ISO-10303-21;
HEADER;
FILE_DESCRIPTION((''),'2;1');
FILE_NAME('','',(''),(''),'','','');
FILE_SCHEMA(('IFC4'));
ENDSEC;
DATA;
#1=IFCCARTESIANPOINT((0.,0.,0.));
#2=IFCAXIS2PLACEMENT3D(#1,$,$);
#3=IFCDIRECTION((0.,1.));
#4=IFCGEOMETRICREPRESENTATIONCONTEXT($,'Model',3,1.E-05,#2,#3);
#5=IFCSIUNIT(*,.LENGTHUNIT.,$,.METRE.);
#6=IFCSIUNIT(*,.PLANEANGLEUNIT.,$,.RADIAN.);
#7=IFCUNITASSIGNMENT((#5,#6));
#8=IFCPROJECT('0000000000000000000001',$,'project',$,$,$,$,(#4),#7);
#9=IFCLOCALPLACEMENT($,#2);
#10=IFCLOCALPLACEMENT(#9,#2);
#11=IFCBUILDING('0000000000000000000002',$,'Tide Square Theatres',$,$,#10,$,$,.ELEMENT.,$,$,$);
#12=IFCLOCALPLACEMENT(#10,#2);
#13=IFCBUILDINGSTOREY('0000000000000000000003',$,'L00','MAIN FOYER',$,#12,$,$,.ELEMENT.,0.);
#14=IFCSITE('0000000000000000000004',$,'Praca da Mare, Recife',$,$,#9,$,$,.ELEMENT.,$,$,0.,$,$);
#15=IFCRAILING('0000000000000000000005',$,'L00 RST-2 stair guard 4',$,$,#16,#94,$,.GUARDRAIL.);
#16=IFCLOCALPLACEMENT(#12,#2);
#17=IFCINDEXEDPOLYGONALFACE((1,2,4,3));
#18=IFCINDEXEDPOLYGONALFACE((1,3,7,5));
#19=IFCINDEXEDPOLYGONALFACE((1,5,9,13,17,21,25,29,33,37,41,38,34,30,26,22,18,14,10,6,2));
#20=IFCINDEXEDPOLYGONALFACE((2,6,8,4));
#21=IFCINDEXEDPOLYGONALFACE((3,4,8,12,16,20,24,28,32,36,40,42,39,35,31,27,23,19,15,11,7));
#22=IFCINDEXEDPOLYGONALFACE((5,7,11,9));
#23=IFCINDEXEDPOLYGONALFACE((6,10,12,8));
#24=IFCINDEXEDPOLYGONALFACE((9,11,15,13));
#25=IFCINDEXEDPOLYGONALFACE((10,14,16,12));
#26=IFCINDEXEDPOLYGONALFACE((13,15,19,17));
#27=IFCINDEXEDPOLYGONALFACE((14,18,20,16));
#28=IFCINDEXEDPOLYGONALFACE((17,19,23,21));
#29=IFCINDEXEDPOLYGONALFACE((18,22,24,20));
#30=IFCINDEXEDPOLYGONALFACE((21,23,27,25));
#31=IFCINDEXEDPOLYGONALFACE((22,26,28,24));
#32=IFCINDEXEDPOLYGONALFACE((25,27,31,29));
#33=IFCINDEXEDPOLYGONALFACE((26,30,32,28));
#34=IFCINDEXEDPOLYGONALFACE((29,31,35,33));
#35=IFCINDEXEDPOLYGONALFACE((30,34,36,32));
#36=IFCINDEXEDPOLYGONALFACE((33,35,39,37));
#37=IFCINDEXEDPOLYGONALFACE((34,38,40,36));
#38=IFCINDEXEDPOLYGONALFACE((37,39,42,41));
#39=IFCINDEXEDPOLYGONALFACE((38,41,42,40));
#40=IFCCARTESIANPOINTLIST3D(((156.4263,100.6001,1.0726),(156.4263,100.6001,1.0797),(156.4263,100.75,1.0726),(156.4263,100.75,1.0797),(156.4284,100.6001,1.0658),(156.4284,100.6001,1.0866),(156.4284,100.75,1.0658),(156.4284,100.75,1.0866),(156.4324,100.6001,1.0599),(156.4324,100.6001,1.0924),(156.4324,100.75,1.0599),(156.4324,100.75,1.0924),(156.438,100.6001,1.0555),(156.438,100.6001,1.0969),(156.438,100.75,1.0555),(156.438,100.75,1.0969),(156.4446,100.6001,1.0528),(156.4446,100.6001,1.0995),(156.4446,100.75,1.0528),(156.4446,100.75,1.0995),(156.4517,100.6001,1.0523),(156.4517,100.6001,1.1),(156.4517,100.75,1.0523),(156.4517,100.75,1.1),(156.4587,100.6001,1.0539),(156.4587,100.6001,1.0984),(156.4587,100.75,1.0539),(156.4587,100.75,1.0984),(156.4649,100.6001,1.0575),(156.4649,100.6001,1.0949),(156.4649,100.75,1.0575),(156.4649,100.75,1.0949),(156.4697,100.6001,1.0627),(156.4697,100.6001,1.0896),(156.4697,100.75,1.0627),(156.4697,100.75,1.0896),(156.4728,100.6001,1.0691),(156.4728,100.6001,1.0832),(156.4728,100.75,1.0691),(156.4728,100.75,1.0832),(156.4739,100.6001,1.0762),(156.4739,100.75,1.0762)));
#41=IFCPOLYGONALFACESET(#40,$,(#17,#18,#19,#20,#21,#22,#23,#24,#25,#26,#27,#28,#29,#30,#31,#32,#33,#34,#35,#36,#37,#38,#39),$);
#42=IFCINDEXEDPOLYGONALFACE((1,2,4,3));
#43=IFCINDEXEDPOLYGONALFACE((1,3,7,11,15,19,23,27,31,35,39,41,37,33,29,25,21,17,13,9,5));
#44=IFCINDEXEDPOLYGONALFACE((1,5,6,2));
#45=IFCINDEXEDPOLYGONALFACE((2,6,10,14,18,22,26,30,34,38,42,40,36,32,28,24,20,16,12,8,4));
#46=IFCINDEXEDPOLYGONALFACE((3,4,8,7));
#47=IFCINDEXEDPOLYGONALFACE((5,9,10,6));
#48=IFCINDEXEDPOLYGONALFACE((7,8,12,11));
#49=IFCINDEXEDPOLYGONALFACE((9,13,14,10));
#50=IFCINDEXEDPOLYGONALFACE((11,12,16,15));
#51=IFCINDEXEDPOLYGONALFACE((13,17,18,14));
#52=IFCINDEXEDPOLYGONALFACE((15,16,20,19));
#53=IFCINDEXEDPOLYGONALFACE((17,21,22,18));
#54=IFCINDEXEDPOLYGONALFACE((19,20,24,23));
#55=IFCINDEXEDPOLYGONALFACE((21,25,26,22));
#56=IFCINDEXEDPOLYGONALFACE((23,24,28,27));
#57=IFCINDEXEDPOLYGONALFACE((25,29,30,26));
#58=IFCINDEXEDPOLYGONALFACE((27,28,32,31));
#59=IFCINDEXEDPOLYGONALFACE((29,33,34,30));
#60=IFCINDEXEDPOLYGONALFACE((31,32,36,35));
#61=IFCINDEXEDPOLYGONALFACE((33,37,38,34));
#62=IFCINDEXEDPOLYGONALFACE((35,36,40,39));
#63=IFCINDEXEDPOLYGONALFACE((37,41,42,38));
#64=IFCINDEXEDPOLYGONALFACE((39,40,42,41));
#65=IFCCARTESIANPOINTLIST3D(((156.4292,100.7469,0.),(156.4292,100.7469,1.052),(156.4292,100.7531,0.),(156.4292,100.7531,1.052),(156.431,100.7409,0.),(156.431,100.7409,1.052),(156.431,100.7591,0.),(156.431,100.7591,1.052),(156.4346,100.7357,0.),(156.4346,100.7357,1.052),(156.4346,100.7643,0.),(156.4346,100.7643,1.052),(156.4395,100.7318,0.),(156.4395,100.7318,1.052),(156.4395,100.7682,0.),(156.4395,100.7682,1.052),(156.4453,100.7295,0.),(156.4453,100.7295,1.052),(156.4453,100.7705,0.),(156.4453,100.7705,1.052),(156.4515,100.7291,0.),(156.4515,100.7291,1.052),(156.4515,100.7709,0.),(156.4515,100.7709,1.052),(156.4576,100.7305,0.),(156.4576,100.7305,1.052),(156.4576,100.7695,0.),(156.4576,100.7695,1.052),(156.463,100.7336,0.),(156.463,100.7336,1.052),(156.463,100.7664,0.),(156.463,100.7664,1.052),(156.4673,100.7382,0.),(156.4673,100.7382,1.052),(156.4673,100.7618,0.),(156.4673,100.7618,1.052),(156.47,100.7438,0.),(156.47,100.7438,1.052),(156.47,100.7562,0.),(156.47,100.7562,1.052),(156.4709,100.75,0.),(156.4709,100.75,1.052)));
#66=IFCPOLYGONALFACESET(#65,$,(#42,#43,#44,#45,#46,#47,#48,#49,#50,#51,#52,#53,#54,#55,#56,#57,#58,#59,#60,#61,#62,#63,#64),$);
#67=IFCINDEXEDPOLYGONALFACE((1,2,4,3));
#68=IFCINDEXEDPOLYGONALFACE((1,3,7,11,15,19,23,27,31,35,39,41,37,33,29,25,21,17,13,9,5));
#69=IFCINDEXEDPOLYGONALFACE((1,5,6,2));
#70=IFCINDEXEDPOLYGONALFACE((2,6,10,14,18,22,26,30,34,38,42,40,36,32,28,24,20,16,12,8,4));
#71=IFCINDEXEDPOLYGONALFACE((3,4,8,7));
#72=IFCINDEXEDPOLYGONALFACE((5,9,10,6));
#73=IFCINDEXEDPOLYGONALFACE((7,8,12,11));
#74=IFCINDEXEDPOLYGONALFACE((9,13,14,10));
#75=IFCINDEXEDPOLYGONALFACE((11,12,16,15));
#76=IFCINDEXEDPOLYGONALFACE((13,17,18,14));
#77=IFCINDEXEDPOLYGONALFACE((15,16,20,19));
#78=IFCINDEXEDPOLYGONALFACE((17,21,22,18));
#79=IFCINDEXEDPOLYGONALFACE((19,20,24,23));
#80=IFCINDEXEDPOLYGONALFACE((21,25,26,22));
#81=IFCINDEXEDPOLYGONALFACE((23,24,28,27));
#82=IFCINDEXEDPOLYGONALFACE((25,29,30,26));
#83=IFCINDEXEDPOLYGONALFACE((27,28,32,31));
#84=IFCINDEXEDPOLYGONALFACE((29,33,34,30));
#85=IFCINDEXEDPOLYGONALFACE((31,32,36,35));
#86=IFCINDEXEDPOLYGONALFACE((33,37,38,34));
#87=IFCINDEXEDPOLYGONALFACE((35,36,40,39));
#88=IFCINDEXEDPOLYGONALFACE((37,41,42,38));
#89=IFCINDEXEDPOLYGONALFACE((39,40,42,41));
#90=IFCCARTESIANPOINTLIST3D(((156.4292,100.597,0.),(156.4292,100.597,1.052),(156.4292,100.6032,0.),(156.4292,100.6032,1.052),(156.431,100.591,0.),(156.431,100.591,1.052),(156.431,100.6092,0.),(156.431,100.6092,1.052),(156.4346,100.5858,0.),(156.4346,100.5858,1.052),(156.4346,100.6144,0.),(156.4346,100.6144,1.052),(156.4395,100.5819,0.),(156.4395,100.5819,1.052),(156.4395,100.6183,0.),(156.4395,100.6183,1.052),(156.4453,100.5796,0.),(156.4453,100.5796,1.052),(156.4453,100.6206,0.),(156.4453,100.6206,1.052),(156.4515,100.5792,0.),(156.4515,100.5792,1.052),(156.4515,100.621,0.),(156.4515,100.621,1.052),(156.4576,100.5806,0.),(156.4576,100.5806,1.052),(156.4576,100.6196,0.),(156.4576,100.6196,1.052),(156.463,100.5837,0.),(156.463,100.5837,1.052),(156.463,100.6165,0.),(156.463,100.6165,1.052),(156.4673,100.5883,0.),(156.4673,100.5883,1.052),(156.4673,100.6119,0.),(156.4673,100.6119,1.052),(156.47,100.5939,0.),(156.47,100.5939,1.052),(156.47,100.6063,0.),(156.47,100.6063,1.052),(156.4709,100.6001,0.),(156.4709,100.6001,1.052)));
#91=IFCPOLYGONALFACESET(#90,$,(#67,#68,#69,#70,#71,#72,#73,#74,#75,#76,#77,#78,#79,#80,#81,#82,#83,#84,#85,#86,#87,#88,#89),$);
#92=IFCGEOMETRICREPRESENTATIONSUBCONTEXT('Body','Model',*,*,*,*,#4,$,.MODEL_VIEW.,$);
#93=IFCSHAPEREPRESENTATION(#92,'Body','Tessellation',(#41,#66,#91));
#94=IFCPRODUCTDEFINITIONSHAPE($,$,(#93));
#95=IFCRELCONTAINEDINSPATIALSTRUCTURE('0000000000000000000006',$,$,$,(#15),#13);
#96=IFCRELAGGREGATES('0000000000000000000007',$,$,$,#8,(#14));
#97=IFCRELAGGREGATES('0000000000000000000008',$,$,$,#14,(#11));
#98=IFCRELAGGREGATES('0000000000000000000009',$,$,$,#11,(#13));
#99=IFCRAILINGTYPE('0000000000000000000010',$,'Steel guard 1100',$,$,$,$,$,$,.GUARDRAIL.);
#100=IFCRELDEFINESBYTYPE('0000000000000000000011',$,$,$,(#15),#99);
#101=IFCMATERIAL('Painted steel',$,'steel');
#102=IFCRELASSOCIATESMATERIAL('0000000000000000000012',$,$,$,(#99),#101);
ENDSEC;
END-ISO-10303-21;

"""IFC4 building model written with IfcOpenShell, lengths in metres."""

from ifc_helpers import new_model, si_unit, direction, frame, origin, origin_2d, place, context, subcontext, project, spatial, circle, extrude, material, type_object, element, save


model = new_model("IFC4")

# Units and contexts
model_context = context("Model", 3, precision=1e-05, world=origin(), true_north=direction((0.0, 1.0)))
body_context = subcontext(model_context, "Body", "Model", "MODEL_VIEW")
ifc_project = project(units=[si_unit("LENGTHUNIT", "METRE"), si_unit("PLANEANGLEUNIT", "RADIAN")], contexts=[model_context])

# Site, building, storey
site_placement = place(None, origin())
site = spatial("IfcSite", under=ifc_project, at=site_placement, Name="Praca da Mare, Recife", CompositionType="ELEMENT", RefElevation=0.0)
building_placement = place(site_placement, origin())
building = spatial("IfcBuilding", under=site, at=building_placement, Name="Tide Square Theatres", CompositionType="ELEMENT")
storey_placement = place(building_placement, origin())
storey = spatial("IfcBuildingStorey", under=building, at=storey_placement, Name="L00", Description="MAIN FOYER", CompositionType="ELEMENT", Elevation=0.0)

# Railing
ifc_material_1 = material(Name="Painted steel", Category="steel")
railing_type_1 = type_object("IfcRailingType", Name="Steel guard 1100", PredefinedType="GUARDRAIL", material=ifc_material_1)
railing_1_placement = place(storey_placement, frame((156.45, 100.75, 0.0)))
element("IfcRailing", 1, at=railing_1_placement, inside=storey, type_object=railing_type_1, Name="L00 RST-2 stair guard 4", PredefinedType="GUARDRAIL", context=body_context, shape_type="SweptSolid", body=[
    extrude(circle(Radius=0.0239, at=origin_2d()), frame((0.0, 0.0, 1.0762), z_axis=(0.0, -1.0, 0.0), x_axis=(1.0, 0.0, 0.0)), (0.0, 0.0, 1.0), 0.1499),
    extrude(circle(Radius=0.021, at=origin_2d()), origin(), (0.0, 0.0, 1.0), 1.052),
    extrude(circle(Radius=0.021, at=origin_2d()), frame((0.0, -0.1499, 0.0)), (0.0, 0.0, 1.0), 1.052),
])

save(model, "model.ifc")
